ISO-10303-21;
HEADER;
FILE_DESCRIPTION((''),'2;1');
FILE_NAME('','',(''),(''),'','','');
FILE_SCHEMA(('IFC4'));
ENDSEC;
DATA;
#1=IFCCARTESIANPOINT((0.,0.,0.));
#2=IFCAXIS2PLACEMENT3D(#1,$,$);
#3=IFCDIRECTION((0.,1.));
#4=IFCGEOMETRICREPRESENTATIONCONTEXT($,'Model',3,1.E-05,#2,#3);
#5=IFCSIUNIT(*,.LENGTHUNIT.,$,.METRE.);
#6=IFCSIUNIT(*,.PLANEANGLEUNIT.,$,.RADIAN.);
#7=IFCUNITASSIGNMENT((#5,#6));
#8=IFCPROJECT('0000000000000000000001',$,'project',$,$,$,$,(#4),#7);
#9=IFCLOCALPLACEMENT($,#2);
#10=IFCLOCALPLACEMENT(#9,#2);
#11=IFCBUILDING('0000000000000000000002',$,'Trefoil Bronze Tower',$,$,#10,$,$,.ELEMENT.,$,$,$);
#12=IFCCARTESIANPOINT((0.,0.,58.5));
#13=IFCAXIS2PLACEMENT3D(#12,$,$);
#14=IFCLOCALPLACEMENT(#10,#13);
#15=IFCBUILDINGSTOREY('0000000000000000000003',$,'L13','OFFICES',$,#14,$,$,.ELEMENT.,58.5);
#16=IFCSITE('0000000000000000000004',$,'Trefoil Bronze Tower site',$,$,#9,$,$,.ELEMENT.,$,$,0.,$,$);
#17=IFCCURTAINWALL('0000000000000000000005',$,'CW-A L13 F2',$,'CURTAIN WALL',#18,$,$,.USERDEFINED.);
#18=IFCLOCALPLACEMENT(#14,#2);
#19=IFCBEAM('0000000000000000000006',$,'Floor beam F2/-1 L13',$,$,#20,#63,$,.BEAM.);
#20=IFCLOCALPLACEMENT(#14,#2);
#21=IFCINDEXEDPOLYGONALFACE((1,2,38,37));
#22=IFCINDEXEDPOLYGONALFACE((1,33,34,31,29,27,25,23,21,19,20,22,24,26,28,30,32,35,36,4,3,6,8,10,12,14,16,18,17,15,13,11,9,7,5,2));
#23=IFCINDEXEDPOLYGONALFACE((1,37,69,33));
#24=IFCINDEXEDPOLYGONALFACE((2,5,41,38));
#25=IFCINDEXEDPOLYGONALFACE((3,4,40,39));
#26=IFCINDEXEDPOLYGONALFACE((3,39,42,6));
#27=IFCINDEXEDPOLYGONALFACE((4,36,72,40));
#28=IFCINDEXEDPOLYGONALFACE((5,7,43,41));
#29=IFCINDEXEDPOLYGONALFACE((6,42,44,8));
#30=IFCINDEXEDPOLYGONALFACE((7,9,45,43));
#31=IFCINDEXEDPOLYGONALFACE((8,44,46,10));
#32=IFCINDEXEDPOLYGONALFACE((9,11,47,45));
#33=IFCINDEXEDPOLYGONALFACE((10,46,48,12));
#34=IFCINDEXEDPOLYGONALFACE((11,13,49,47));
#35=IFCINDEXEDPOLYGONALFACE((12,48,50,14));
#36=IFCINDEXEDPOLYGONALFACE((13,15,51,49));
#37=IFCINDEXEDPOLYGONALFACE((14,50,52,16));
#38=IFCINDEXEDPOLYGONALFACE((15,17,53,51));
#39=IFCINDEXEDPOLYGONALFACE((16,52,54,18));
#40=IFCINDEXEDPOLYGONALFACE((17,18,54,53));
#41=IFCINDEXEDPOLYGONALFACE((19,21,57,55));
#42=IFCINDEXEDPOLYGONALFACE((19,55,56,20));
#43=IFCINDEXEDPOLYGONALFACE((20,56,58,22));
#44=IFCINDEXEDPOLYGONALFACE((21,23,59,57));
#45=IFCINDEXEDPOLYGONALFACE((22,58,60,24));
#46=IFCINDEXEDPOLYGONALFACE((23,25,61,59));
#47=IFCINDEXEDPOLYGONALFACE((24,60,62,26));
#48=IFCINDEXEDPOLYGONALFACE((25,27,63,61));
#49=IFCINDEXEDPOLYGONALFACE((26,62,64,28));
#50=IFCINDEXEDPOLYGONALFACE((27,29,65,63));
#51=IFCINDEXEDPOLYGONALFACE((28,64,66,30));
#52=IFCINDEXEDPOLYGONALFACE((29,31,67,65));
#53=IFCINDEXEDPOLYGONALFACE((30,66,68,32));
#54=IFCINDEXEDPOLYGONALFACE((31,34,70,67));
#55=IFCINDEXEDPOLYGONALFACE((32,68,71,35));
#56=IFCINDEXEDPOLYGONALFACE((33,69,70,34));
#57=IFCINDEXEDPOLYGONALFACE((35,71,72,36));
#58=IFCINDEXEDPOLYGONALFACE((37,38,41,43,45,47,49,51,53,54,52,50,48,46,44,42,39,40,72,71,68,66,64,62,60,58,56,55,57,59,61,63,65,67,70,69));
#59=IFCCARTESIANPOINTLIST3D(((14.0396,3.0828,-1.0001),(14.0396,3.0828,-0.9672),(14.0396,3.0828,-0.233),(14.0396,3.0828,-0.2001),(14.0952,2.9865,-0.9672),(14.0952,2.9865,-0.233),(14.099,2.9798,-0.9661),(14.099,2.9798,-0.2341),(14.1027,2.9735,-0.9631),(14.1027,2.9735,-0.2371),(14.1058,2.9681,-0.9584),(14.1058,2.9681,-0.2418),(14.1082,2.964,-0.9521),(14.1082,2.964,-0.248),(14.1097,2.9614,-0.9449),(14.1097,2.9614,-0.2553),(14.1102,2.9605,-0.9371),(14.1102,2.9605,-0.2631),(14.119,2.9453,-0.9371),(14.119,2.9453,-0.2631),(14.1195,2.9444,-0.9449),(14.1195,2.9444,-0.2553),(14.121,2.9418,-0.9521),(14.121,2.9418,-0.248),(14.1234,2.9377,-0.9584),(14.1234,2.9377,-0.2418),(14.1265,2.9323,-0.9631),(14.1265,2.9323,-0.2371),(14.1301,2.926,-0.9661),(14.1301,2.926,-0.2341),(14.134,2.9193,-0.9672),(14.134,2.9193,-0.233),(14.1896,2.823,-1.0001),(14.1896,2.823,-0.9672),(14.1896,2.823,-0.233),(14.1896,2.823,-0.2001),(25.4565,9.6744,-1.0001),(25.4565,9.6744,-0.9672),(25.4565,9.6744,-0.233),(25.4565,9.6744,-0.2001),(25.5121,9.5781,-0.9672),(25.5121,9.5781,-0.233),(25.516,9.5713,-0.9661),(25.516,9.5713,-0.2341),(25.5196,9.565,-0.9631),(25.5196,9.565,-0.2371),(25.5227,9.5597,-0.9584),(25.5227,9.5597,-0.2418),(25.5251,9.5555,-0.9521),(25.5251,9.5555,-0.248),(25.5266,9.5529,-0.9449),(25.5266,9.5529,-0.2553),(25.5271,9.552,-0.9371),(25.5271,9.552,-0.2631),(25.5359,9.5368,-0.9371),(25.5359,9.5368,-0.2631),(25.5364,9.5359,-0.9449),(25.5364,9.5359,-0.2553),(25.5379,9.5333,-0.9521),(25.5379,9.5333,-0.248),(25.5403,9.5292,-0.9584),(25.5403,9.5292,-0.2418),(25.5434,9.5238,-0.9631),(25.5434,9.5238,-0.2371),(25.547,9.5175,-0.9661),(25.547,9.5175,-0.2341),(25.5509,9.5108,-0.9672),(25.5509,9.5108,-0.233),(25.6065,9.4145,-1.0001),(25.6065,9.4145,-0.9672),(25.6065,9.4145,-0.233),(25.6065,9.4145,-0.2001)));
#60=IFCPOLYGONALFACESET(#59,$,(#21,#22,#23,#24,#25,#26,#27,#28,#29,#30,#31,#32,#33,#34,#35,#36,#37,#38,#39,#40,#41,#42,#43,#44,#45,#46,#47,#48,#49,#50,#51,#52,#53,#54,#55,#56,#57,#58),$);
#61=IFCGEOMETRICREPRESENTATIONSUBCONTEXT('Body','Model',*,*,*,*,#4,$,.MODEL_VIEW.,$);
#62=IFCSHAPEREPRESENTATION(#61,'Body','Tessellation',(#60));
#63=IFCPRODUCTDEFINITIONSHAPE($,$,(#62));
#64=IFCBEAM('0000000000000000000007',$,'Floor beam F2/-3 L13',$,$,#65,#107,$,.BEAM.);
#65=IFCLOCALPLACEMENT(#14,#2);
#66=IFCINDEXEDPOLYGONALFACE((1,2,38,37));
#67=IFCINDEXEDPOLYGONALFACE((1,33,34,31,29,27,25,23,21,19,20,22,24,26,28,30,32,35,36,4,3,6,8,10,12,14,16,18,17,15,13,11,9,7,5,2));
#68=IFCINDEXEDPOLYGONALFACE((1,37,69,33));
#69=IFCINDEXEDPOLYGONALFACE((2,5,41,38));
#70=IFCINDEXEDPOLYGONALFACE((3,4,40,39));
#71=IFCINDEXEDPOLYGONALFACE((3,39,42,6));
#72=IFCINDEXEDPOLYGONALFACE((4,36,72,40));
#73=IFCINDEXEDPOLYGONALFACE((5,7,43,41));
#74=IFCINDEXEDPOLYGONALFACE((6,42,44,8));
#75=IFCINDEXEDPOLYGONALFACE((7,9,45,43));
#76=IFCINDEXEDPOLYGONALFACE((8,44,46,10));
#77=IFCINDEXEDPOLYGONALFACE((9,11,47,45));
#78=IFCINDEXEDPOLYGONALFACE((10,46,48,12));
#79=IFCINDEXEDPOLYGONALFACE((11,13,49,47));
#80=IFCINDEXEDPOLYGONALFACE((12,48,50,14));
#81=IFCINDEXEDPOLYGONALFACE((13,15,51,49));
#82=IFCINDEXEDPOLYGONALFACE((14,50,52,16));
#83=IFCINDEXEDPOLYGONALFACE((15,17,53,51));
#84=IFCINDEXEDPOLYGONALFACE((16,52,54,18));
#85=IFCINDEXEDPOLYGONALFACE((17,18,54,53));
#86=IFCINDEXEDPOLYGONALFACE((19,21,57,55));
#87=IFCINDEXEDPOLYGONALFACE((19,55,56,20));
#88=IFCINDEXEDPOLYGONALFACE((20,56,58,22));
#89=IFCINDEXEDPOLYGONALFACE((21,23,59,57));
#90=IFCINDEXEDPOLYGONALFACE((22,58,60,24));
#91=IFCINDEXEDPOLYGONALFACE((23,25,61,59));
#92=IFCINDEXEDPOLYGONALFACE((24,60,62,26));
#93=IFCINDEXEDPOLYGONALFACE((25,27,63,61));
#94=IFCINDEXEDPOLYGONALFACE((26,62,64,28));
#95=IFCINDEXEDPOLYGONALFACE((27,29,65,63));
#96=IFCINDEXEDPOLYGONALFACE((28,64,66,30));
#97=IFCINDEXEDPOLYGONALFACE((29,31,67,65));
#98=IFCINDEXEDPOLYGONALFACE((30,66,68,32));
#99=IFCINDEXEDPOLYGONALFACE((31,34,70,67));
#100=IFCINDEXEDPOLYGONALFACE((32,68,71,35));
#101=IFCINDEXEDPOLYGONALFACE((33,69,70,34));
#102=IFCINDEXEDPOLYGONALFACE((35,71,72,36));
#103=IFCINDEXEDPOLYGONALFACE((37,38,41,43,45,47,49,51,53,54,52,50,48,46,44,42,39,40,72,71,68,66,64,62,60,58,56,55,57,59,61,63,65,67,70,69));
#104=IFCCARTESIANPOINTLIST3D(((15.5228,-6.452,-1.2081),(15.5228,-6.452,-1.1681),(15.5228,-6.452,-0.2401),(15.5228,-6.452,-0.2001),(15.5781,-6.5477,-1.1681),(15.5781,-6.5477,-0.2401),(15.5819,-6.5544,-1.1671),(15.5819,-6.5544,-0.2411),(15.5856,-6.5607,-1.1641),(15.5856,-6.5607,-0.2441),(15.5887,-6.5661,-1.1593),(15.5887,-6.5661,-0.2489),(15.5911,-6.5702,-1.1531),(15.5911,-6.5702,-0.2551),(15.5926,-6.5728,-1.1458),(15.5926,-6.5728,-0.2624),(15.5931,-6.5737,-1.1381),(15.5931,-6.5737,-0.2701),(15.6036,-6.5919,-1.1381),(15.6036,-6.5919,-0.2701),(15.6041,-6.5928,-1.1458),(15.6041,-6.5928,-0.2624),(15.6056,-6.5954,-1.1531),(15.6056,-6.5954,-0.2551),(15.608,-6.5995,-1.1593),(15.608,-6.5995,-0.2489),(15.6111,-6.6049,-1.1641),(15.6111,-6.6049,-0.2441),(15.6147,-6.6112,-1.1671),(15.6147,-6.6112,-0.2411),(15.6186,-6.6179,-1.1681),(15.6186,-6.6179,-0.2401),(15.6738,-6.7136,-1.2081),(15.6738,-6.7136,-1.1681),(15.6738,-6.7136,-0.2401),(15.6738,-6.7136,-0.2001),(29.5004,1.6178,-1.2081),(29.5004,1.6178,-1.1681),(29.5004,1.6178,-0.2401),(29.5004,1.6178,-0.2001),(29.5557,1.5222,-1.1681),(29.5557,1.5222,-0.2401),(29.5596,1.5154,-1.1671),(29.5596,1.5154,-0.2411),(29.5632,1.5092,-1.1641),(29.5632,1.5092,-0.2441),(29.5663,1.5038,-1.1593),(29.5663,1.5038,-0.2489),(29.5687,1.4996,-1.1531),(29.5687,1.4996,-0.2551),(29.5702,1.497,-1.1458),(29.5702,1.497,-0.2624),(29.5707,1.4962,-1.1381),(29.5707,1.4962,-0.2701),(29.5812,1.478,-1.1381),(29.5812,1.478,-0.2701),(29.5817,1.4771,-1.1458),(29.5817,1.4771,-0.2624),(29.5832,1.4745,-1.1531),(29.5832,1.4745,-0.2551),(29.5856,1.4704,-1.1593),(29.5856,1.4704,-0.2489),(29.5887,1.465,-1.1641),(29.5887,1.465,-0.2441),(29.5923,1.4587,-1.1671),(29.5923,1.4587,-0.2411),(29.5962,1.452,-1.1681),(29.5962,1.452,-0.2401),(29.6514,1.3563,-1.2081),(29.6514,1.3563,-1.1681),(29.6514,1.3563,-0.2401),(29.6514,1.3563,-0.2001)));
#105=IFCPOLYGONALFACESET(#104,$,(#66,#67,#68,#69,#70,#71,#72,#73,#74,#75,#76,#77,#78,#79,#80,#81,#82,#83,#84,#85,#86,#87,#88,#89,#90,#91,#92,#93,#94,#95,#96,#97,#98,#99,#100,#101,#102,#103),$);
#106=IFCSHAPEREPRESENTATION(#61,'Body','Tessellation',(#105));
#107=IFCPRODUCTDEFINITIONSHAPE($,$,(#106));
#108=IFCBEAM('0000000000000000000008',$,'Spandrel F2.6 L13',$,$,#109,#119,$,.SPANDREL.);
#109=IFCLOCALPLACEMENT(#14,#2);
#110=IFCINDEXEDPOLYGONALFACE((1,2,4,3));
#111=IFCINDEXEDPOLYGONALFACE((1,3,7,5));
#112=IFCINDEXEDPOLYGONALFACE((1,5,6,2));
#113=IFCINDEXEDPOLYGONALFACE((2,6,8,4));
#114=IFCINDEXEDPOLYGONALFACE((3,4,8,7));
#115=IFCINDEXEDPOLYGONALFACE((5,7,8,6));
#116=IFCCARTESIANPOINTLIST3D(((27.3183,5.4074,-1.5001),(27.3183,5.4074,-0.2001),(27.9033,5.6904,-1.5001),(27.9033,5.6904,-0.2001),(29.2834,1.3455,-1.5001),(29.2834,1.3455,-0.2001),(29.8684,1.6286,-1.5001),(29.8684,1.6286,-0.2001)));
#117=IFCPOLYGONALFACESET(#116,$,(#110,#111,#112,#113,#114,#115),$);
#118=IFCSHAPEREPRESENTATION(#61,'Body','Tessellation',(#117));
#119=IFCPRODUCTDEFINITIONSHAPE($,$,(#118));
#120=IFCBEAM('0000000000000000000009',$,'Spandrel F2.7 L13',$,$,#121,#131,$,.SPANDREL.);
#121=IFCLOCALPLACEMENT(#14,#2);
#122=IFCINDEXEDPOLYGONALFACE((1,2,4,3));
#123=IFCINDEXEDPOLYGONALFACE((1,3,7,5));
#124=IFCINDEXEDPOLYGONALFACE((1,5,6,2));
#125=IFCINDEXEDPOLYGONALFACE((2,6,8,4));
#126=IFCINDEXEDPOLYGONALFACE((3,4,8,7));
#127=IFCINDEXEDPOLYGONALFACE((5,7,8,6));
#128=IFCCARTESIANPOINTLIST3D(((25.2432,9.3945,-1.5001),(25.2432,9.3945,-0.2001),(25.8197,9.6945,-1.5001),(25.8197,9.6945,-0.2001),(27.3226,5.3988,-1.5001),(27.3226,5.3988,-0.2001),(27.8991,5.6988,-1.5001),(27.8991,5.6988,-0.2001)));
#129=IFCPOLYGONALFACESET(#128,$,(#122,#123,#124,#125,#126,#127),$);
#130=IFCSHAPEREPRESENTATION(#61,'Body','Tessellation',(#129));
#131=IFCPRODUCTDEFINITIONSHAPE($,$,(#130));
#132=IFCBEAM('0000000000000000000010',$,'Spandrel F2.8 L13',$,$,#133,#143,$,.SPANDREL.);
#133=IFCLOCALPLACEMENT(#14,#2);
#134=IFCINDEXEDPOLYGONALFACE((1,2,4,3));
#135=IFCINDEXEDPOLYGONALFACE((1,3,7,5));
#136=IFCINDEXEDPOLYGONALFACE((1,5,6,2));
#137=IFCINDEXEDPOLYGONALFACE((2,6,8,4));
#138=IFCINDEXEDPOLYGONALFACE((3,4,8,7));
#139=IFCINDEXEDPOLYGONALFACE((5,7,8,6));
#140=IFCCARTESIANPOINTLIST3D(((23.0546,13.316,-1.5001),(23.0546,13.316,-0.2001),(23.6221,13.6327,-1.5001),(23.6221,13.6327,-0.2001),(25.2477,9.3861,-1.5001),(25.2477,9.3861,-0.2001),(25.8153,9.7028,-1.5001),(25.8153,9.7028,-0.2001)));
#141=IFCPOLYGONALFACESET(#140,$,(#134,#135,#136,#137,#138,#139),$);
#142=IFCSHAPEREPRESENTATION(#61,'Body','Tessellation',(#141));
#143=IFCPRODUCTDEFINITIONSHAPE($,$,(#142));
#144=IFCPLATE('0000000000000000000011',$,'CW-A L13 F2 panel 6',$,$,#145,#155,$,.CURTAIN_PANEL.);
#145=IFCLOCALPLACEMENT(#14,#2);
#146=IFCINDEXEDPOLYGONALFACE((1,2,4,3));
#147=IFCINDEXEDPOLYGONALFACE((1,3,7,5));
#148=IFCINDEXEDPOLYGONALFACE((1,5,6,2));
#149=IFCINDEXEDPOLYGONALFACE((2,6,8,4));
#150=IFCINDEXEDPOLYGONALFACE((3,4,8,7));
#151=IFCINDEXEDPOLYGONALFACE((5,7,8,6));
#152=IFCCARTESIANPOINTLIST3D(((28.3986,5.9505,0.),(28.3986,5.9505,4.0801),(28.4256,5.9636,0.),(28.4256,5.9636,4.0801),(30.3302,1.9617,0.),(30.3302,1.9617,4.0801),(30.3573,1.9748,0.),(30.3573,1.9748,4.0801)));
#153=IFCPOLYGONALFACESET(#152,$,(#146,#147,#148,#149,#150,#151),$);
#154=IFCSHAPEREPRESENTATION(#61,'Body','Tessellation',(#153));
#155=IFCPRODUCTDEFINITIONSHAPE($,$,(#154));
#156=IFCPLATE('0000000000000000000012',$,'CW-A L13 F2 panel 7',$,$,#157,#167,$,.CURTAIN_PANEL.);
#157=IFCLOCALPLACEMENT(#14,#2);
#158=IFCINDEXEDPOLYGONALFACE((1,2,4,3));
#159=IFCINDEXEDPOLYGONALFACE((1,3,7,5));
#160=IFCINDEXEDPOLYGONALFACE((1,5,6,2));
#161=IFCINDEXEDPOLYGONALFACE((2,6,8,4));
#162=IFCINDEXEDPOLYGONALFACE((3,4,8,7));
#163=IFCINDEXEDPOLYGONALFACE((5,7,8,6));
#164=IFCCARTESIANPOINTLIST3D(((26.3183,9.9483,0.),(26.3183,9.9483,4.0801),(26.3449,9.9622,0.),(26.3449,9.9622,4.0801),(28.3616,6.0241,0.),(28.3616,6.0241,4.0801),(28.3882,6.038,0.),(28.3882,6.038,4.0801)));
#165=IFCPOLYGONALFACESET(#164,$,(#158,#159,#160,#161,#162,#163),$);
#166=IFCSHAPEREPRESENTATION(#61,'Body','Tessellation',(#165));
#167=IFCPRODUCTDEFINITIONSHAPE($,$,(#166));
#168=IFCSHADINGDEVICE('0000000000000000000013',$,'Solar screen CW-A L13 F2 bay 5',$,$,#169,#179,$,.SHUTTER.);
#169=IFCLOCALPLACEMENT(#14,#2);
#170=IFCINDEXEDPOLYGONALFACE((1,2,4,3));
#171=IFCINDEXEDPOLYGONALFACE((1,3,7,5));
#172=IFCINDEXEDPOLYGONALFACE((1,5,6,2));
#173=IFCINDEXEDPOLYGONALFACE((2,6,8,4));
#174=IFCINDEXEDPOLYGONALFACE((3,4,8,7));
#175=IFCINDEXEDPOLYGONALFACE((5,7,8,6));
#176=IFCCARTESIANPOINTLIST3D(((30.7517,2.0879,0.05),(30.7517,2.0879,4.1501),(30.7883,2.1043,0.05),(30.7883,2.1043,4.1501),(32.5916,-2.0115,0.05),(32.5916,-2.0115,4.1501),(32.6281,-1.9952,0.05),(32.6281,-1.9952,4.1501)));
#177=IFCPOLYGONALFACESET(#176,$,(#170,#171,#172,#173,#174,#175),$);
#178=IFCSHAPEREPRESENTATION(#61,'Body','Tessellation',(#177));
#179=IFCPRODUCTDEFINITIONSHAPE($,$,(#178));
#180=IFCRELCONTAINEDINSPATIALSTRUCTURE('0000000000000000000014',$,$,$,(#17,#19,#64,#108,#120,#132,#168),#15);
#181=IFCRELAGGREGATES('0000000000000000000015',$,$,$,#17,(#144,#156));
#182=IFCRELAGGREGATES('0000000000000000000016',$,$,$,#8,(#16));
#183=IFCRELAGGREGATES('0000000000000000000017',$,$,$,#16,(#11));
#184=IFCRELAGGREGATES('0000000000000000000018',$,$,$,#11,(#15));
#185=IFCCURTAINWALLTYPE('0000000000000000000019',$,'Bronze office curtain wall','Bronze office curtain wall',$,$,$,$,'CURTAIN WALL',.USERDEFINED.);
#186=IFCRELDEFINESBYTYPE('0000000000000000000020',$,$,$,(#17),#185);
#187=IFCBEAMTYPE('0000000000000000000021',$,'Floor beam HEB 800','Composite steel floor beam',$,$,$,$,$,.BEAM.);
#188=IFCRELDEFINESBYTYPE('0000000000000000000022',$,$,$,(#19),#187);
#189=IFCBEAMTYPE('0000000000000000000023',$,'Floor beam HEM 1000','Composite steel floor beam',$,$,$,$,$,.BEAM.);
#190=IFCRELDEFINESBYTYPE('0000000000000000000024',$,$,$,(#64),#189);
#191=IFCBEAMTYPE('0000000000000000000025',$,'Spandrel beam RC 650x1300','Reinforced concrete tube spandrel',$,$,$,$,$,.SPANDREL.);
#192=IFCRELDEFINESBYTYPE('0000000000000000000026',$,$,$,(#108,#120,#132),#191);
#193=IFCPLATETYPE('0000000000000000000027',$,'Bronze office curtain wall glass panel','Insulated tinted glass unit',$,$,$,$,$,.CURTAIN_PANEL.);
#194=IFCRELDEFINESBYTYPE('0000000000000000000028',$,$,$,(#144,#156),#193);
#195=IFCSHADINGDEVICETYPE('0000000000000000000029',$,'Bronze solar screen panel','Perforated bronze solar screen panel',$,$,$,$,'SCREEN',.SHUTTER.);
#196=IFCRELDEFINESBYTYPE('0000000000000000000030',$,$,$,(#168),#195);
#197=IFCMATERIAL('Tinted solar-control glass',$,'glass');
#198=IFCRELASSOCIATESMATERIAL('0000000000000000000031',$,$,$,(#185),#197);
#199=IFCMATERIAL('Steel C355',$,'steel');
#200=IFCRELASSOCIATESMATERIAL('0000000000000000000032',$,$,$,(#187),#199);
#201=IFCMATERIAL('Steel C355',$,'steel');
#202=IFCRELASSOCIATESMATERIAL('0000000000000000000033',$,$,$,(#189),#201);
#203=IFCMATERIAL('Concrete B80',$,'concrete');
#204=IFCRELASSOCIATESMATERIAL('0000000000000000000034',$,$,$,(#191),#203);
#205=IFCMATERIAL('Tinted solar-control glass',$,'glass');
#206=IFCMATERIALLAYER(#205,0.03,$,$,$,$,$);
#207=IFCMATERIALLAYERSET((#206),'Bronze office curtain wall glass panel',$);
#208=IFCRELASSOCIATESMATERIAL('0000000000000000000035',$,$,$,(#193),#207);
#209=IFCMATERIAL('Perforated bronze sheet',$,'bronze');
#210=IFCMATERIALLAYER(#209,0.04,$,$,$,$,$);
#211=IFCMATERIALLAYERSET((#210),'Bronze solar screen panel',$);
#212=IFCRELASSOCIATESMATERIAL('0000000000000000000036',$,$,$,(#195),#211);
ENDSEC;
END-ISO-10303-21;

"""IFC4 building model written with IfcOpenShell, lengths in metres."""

from ifc_helpers import new_model, si_unit, direction, frame, origin, origin_2d, place, context, subcontext, project, spatial, rectangle, i_section, extrude, material, layer, layer_set, material_profile, profile_set, type_object, element, aggregate, save


model = new_model("IFC4")

# Units and contexts
model_context = context("Model", 3, precision=1e-05, world=origin(), true_north=direction((0.0, 1.0)))
body_context = subcontext(model_context, "Body", "Model", "MODEL_VIEW")
ifc_project = project(units=[si_unit("LENGTHUNIT", "METRE"), si_unit("PLANEANGLEUNIT", "RADIAN")], contexts=[model_context])

# Site, building, storey
site_placement = place(None, origin())
site = spatial("IfcSite", under=ifc_project, at=site_placement, Name="Trefoil Bronze Tower site", CompositionType="ELEMENT", RefElevation=0.0)
building_placement = place(site_placement, origin())
building = spatial("IfcBuilding", under=site, at=building_placement, Name="Trefoil Bronze Tower", CompositionType="ELEMENT")
storey_placement = place(building_placement, frame((0.0, 0.0, 58.5)))
storey = spatial("IfcBuildingStorey", under=building, at=storey_placement, Name="L13", Description="OFFICES", CompositionType="ELEMENT", Elevation=58.5)

# Curtain wall
ifc_material_1 = material(Name="Tinted solar-control glass", Category="glass")
curtain_wall_type = type_object("IfcCurtainWallType", Name="Bronze office curtain wall", Description="Bronze office curtain wall", ElementType="CURTAIN WALL", PredefinedType="USERDEFINED", material=ifc_material_1)
curtain_wall_placement = place(storey_placement, origin())
curtain_wall = element("IfcCurtainWall", 1, at=curtain_wall_placement, inside=storey, type_object=curtain_wall_type, Name="CW-A L13 F2", ObjectType="CURTAIN WALL", PredefinedType="USERDEFINED")

# Beams
ifc_material_2 = material(Name="Steel C355", Category="steel")
ifc_material_profile_1 = material_profile(ifc_material_2, i_section(OverallWidth=0.3, OverallDepth=0.8, WebThickness=0.0176, FlangeThickness=0.033, FilletRadius=0.03, at=origin_2d()), Name="HEB 800")
ifc_profile_set_1 = profile_set([ifc_material_profile_1], Name="Steel C355")
beam_type_1 = type_object("IfcBeamType", Name="Floor beam HEB 800", Description="Composite steel floor beam", PredefinedType="BEAM", material=ifc_profile_set_1)
beam_1_placement = place(storey_placement, frame((25.5315, 9.5444, -0.6001), z_axis=(-0.866027, -0.499997, 0.0), x_axis=(0.499997, -0.866027, 0.0)))
element("IfcBeam", 2, at=beam_1_placement, inside=storey, type_object=beam_type_1, Name="Floor beam F2/-1 L13", PredefinedType="BEAM", context=body_context, shape_type="SweptSolid", body=[
    extrude(i_section(OverallWidth=0.3, OverallDepth=0.8, WebThickness=0.0176, FlangeThickness=0.033, FilletRadius=0.03, at=origin_2d()), origin(), (0.0, 0.0, 1.0), 13.1831),
])
ifc_material_3 = material(Name="Steel C355", Category="steel")
ifc_material_profile_2 = material_profile(ifc_material_3, i_section(OverallWidth=0.302, OverallDepth=1.0081, WebThickness=0.021, FlangeThickness=0.04, FilletRadius=0.03, at=origin_2d()), Name="HEM 1000")
ifc_profile_set_2 = profile_set([ifc_material_profile_2], Name="Steel C355")
beam_type_2 = type_object("IfcBeamType", Name="Floor beam HEM 1000", Description="Composite steel floor beam", PredefinedType="BEAM", material=ifc_profile_set_2)
beam_2_placement = place(storey_placement, frame((29.5759, 1.4871, -0.7041), z_axis=(-0.866028, -0.499995, 0.0), x_axis=(0.499995, -0.866028, 0.0)))
element("IfcBeam", 3, at=beam_2_placement, inside=storey, type_object=beam_type_2, Name="Floor beam F2/-3 L13", PredefinedType="BEAM", context=body_context, shape_type="SweptSolid", body=[
    extrude(i_section(OverallWidth=0.302, OverallDepth=1.0081, WebThickness=0.021, FlangeThickness=0.04, FilletRadius=0.03, at=origin_2d()), origin(), (0.0, 0.0, 1.0), 16.1399),
])
ifc_material_4 = material(Name="Concrete B80", Category="concrete")
ifc_material_profile_3 = material_profile(ifc_material_4, rectangle(XDim=0.6499, YDim=1.3, at=origin_2d()), Name="RC 650x1300")
ifc_profile_set_3 = profile_set([ifc_material_profile_3], Name="Concrete B80")
beam_type_3 = type_object("IfcBeamType", Name="Spandrel beam RC 650x1300", Description="Reinforced concrete tube spandrel", PredefinedType="SPANDREL", material=ifc_profile_set_3)
beam_3_placement = place(storey_placement, frame((29.5759, 1.4871, -0.8501), z_axis=(-0.43551, 0.900184, 0.0), x_axis=(-0.900184, -0.43551, 0.0)))
element("IfcBeam", 4, at=beam_3_placement, inside=storey, type_object=beam_type_3, Name="Spandrel F2.6 L13", PredefinedType="SPANDREL", context=body_context, shape_type="SweptSolid", body=[
    extrude(rectangle(XDim=0.6499, YDim=1.3, at=origin_2d()), origin(), (0.0, 0.0, 1.0), 4.5122),
])
beam_4_placement = place(storey_placement, frame((27.6108, 5.5488, -0.8501), z_axis=(-0.461638, 0.887069, 0.0), x_axis=(-0.887069, -0.461638, 0.0)))
element("IfcBeam", 5, at=beam_4_placement, inside=storey, type_object=beam_type_3, Name="Spandrel F2.7 L13", PredefinedType="SPANDREL", context=body_context, shape_type="SweptSolid", body=[
    extrude(rectangle(XDim=0.6499, YDim=1.3, at=origin_2d()), origin(), (0.0, 0.0, 1.0), 4.5044),
])
beam_5_placement = place(storey_placement, frame((25.5315, 9.5444, -0.8501), z_axis=(-0.487309, 0.873229, 0.0), x_axis=(-0.873229, -0.487309, 0.0)))
element("IfcBeam", 6, at=beam_5_placement, inside=storey, type_object=beam_type_3, Name="Spandrel F2.8 L13", PredefinedType="SPANDREL", context=body_context, shape_type="SweptSolid", body=[
    extrude(rectangle(XDim=0.6499, YDim=1.3, at=origin_2d()), origin(), (0.0, 0.0, 1.0), 4.5005),
])

# Plates
ifc_material_5 = material(Name="Tinted solar-control glass", Category="glass")
ifc_layer_1 = layer(ifc_material_5, 0.03)
ifc_layer_set_1 = layer_set([ifc_layer_1], Name="Bronze office curtain wall glass panel")
plate_type = type_object("IfcPlateType", Name="Bronze office curtain wall glass panel", Description="Insulated tinted glass unit", PredefinedType="CURTAIN_PANEL", material=ifc_layer_set_1)
plate_1_placement = place(storey_placement, frame((29.3779, 3.9626, 0.0), z_axis=(0.0, 0.0, 1.0), x_axis=(-0.435855, 0.900017, 0.0)))
plate_1 = element("IfcPlate", 7, at=plate_1_placement, type_object=plate_type, Name="CW-A L13 F2 panel 6", PredefinedType="CURTAIN_PANEL", context=body_context, shape_type="SweptSolid", body=[
    extrude(rectangle(XDim=4.4319, YDim=0.03, at=origin_2d()), origin(), (0.0, 0.0, 1.0), 4.0801),
])
plate_2_placement = place(storey_placement, frame((27.3533, 7.9932, 0.0), z_axis=(0.0, 0.0, 1.0), x_axis=(-0.46183, 0.886969, 0.0)))
plate_2 = element("IfcPlate", 8, at=plate_2_placement, type_object=plate_type, Name="CW-A L13 F2 panel 7", PredefinedType="CURTAIN_PANEL", context=body_context, shape_type="SweptSolid", body=[
    extrude(rectangle(XDim=4.4243, YDim=0.03, at=origin_2d()), origin(), (0.0, 0.0, 1.0), 4.0801),
])
aggregate(curtain_wall, [plate_1, plate_2])

# Shading device
ifc_material_6 = material(Name="Perforated bronze sheet", Category="bronze")
ifc_layer_2 = layer(ifc_material_6, 0.04)
ifc_layer_set_2 = layer_set([ifc_layer_2], Name="Bronze solar screen panel")
shading_device_type = type_object("IfcShadingDeviceType", Name="Bronze solar screen panel", Description="Perforated bronze solar screen panel", ElementType="SCREEN", PredefinedType="SHUTTER", material=ifc_layer_set_2)
shading_device_1_placement = place(storey_placement, frame((31.6899, 0.0464, 0.05), z_axis=(0.0, 0.0, 1.0), x_axis=(-0.409456, 0.91233, 0.0)))
element("IfcShadingDevice", 9, at=shading_device_1_placement, inside=storey, type_object=shading_device_type, Name="Solar screen CW-A L13 F2 bay 5", PredefinedType="SHUTTER", context=body_context, shape_type="SweptSolid", body=[
    extrude(rectangle(XDim=4.4934, YDim=0.04, at=origin_2d()), origin(), (0.0, 0.0, 1.0), 4.1001),
])

save(model, "model.ifc")
